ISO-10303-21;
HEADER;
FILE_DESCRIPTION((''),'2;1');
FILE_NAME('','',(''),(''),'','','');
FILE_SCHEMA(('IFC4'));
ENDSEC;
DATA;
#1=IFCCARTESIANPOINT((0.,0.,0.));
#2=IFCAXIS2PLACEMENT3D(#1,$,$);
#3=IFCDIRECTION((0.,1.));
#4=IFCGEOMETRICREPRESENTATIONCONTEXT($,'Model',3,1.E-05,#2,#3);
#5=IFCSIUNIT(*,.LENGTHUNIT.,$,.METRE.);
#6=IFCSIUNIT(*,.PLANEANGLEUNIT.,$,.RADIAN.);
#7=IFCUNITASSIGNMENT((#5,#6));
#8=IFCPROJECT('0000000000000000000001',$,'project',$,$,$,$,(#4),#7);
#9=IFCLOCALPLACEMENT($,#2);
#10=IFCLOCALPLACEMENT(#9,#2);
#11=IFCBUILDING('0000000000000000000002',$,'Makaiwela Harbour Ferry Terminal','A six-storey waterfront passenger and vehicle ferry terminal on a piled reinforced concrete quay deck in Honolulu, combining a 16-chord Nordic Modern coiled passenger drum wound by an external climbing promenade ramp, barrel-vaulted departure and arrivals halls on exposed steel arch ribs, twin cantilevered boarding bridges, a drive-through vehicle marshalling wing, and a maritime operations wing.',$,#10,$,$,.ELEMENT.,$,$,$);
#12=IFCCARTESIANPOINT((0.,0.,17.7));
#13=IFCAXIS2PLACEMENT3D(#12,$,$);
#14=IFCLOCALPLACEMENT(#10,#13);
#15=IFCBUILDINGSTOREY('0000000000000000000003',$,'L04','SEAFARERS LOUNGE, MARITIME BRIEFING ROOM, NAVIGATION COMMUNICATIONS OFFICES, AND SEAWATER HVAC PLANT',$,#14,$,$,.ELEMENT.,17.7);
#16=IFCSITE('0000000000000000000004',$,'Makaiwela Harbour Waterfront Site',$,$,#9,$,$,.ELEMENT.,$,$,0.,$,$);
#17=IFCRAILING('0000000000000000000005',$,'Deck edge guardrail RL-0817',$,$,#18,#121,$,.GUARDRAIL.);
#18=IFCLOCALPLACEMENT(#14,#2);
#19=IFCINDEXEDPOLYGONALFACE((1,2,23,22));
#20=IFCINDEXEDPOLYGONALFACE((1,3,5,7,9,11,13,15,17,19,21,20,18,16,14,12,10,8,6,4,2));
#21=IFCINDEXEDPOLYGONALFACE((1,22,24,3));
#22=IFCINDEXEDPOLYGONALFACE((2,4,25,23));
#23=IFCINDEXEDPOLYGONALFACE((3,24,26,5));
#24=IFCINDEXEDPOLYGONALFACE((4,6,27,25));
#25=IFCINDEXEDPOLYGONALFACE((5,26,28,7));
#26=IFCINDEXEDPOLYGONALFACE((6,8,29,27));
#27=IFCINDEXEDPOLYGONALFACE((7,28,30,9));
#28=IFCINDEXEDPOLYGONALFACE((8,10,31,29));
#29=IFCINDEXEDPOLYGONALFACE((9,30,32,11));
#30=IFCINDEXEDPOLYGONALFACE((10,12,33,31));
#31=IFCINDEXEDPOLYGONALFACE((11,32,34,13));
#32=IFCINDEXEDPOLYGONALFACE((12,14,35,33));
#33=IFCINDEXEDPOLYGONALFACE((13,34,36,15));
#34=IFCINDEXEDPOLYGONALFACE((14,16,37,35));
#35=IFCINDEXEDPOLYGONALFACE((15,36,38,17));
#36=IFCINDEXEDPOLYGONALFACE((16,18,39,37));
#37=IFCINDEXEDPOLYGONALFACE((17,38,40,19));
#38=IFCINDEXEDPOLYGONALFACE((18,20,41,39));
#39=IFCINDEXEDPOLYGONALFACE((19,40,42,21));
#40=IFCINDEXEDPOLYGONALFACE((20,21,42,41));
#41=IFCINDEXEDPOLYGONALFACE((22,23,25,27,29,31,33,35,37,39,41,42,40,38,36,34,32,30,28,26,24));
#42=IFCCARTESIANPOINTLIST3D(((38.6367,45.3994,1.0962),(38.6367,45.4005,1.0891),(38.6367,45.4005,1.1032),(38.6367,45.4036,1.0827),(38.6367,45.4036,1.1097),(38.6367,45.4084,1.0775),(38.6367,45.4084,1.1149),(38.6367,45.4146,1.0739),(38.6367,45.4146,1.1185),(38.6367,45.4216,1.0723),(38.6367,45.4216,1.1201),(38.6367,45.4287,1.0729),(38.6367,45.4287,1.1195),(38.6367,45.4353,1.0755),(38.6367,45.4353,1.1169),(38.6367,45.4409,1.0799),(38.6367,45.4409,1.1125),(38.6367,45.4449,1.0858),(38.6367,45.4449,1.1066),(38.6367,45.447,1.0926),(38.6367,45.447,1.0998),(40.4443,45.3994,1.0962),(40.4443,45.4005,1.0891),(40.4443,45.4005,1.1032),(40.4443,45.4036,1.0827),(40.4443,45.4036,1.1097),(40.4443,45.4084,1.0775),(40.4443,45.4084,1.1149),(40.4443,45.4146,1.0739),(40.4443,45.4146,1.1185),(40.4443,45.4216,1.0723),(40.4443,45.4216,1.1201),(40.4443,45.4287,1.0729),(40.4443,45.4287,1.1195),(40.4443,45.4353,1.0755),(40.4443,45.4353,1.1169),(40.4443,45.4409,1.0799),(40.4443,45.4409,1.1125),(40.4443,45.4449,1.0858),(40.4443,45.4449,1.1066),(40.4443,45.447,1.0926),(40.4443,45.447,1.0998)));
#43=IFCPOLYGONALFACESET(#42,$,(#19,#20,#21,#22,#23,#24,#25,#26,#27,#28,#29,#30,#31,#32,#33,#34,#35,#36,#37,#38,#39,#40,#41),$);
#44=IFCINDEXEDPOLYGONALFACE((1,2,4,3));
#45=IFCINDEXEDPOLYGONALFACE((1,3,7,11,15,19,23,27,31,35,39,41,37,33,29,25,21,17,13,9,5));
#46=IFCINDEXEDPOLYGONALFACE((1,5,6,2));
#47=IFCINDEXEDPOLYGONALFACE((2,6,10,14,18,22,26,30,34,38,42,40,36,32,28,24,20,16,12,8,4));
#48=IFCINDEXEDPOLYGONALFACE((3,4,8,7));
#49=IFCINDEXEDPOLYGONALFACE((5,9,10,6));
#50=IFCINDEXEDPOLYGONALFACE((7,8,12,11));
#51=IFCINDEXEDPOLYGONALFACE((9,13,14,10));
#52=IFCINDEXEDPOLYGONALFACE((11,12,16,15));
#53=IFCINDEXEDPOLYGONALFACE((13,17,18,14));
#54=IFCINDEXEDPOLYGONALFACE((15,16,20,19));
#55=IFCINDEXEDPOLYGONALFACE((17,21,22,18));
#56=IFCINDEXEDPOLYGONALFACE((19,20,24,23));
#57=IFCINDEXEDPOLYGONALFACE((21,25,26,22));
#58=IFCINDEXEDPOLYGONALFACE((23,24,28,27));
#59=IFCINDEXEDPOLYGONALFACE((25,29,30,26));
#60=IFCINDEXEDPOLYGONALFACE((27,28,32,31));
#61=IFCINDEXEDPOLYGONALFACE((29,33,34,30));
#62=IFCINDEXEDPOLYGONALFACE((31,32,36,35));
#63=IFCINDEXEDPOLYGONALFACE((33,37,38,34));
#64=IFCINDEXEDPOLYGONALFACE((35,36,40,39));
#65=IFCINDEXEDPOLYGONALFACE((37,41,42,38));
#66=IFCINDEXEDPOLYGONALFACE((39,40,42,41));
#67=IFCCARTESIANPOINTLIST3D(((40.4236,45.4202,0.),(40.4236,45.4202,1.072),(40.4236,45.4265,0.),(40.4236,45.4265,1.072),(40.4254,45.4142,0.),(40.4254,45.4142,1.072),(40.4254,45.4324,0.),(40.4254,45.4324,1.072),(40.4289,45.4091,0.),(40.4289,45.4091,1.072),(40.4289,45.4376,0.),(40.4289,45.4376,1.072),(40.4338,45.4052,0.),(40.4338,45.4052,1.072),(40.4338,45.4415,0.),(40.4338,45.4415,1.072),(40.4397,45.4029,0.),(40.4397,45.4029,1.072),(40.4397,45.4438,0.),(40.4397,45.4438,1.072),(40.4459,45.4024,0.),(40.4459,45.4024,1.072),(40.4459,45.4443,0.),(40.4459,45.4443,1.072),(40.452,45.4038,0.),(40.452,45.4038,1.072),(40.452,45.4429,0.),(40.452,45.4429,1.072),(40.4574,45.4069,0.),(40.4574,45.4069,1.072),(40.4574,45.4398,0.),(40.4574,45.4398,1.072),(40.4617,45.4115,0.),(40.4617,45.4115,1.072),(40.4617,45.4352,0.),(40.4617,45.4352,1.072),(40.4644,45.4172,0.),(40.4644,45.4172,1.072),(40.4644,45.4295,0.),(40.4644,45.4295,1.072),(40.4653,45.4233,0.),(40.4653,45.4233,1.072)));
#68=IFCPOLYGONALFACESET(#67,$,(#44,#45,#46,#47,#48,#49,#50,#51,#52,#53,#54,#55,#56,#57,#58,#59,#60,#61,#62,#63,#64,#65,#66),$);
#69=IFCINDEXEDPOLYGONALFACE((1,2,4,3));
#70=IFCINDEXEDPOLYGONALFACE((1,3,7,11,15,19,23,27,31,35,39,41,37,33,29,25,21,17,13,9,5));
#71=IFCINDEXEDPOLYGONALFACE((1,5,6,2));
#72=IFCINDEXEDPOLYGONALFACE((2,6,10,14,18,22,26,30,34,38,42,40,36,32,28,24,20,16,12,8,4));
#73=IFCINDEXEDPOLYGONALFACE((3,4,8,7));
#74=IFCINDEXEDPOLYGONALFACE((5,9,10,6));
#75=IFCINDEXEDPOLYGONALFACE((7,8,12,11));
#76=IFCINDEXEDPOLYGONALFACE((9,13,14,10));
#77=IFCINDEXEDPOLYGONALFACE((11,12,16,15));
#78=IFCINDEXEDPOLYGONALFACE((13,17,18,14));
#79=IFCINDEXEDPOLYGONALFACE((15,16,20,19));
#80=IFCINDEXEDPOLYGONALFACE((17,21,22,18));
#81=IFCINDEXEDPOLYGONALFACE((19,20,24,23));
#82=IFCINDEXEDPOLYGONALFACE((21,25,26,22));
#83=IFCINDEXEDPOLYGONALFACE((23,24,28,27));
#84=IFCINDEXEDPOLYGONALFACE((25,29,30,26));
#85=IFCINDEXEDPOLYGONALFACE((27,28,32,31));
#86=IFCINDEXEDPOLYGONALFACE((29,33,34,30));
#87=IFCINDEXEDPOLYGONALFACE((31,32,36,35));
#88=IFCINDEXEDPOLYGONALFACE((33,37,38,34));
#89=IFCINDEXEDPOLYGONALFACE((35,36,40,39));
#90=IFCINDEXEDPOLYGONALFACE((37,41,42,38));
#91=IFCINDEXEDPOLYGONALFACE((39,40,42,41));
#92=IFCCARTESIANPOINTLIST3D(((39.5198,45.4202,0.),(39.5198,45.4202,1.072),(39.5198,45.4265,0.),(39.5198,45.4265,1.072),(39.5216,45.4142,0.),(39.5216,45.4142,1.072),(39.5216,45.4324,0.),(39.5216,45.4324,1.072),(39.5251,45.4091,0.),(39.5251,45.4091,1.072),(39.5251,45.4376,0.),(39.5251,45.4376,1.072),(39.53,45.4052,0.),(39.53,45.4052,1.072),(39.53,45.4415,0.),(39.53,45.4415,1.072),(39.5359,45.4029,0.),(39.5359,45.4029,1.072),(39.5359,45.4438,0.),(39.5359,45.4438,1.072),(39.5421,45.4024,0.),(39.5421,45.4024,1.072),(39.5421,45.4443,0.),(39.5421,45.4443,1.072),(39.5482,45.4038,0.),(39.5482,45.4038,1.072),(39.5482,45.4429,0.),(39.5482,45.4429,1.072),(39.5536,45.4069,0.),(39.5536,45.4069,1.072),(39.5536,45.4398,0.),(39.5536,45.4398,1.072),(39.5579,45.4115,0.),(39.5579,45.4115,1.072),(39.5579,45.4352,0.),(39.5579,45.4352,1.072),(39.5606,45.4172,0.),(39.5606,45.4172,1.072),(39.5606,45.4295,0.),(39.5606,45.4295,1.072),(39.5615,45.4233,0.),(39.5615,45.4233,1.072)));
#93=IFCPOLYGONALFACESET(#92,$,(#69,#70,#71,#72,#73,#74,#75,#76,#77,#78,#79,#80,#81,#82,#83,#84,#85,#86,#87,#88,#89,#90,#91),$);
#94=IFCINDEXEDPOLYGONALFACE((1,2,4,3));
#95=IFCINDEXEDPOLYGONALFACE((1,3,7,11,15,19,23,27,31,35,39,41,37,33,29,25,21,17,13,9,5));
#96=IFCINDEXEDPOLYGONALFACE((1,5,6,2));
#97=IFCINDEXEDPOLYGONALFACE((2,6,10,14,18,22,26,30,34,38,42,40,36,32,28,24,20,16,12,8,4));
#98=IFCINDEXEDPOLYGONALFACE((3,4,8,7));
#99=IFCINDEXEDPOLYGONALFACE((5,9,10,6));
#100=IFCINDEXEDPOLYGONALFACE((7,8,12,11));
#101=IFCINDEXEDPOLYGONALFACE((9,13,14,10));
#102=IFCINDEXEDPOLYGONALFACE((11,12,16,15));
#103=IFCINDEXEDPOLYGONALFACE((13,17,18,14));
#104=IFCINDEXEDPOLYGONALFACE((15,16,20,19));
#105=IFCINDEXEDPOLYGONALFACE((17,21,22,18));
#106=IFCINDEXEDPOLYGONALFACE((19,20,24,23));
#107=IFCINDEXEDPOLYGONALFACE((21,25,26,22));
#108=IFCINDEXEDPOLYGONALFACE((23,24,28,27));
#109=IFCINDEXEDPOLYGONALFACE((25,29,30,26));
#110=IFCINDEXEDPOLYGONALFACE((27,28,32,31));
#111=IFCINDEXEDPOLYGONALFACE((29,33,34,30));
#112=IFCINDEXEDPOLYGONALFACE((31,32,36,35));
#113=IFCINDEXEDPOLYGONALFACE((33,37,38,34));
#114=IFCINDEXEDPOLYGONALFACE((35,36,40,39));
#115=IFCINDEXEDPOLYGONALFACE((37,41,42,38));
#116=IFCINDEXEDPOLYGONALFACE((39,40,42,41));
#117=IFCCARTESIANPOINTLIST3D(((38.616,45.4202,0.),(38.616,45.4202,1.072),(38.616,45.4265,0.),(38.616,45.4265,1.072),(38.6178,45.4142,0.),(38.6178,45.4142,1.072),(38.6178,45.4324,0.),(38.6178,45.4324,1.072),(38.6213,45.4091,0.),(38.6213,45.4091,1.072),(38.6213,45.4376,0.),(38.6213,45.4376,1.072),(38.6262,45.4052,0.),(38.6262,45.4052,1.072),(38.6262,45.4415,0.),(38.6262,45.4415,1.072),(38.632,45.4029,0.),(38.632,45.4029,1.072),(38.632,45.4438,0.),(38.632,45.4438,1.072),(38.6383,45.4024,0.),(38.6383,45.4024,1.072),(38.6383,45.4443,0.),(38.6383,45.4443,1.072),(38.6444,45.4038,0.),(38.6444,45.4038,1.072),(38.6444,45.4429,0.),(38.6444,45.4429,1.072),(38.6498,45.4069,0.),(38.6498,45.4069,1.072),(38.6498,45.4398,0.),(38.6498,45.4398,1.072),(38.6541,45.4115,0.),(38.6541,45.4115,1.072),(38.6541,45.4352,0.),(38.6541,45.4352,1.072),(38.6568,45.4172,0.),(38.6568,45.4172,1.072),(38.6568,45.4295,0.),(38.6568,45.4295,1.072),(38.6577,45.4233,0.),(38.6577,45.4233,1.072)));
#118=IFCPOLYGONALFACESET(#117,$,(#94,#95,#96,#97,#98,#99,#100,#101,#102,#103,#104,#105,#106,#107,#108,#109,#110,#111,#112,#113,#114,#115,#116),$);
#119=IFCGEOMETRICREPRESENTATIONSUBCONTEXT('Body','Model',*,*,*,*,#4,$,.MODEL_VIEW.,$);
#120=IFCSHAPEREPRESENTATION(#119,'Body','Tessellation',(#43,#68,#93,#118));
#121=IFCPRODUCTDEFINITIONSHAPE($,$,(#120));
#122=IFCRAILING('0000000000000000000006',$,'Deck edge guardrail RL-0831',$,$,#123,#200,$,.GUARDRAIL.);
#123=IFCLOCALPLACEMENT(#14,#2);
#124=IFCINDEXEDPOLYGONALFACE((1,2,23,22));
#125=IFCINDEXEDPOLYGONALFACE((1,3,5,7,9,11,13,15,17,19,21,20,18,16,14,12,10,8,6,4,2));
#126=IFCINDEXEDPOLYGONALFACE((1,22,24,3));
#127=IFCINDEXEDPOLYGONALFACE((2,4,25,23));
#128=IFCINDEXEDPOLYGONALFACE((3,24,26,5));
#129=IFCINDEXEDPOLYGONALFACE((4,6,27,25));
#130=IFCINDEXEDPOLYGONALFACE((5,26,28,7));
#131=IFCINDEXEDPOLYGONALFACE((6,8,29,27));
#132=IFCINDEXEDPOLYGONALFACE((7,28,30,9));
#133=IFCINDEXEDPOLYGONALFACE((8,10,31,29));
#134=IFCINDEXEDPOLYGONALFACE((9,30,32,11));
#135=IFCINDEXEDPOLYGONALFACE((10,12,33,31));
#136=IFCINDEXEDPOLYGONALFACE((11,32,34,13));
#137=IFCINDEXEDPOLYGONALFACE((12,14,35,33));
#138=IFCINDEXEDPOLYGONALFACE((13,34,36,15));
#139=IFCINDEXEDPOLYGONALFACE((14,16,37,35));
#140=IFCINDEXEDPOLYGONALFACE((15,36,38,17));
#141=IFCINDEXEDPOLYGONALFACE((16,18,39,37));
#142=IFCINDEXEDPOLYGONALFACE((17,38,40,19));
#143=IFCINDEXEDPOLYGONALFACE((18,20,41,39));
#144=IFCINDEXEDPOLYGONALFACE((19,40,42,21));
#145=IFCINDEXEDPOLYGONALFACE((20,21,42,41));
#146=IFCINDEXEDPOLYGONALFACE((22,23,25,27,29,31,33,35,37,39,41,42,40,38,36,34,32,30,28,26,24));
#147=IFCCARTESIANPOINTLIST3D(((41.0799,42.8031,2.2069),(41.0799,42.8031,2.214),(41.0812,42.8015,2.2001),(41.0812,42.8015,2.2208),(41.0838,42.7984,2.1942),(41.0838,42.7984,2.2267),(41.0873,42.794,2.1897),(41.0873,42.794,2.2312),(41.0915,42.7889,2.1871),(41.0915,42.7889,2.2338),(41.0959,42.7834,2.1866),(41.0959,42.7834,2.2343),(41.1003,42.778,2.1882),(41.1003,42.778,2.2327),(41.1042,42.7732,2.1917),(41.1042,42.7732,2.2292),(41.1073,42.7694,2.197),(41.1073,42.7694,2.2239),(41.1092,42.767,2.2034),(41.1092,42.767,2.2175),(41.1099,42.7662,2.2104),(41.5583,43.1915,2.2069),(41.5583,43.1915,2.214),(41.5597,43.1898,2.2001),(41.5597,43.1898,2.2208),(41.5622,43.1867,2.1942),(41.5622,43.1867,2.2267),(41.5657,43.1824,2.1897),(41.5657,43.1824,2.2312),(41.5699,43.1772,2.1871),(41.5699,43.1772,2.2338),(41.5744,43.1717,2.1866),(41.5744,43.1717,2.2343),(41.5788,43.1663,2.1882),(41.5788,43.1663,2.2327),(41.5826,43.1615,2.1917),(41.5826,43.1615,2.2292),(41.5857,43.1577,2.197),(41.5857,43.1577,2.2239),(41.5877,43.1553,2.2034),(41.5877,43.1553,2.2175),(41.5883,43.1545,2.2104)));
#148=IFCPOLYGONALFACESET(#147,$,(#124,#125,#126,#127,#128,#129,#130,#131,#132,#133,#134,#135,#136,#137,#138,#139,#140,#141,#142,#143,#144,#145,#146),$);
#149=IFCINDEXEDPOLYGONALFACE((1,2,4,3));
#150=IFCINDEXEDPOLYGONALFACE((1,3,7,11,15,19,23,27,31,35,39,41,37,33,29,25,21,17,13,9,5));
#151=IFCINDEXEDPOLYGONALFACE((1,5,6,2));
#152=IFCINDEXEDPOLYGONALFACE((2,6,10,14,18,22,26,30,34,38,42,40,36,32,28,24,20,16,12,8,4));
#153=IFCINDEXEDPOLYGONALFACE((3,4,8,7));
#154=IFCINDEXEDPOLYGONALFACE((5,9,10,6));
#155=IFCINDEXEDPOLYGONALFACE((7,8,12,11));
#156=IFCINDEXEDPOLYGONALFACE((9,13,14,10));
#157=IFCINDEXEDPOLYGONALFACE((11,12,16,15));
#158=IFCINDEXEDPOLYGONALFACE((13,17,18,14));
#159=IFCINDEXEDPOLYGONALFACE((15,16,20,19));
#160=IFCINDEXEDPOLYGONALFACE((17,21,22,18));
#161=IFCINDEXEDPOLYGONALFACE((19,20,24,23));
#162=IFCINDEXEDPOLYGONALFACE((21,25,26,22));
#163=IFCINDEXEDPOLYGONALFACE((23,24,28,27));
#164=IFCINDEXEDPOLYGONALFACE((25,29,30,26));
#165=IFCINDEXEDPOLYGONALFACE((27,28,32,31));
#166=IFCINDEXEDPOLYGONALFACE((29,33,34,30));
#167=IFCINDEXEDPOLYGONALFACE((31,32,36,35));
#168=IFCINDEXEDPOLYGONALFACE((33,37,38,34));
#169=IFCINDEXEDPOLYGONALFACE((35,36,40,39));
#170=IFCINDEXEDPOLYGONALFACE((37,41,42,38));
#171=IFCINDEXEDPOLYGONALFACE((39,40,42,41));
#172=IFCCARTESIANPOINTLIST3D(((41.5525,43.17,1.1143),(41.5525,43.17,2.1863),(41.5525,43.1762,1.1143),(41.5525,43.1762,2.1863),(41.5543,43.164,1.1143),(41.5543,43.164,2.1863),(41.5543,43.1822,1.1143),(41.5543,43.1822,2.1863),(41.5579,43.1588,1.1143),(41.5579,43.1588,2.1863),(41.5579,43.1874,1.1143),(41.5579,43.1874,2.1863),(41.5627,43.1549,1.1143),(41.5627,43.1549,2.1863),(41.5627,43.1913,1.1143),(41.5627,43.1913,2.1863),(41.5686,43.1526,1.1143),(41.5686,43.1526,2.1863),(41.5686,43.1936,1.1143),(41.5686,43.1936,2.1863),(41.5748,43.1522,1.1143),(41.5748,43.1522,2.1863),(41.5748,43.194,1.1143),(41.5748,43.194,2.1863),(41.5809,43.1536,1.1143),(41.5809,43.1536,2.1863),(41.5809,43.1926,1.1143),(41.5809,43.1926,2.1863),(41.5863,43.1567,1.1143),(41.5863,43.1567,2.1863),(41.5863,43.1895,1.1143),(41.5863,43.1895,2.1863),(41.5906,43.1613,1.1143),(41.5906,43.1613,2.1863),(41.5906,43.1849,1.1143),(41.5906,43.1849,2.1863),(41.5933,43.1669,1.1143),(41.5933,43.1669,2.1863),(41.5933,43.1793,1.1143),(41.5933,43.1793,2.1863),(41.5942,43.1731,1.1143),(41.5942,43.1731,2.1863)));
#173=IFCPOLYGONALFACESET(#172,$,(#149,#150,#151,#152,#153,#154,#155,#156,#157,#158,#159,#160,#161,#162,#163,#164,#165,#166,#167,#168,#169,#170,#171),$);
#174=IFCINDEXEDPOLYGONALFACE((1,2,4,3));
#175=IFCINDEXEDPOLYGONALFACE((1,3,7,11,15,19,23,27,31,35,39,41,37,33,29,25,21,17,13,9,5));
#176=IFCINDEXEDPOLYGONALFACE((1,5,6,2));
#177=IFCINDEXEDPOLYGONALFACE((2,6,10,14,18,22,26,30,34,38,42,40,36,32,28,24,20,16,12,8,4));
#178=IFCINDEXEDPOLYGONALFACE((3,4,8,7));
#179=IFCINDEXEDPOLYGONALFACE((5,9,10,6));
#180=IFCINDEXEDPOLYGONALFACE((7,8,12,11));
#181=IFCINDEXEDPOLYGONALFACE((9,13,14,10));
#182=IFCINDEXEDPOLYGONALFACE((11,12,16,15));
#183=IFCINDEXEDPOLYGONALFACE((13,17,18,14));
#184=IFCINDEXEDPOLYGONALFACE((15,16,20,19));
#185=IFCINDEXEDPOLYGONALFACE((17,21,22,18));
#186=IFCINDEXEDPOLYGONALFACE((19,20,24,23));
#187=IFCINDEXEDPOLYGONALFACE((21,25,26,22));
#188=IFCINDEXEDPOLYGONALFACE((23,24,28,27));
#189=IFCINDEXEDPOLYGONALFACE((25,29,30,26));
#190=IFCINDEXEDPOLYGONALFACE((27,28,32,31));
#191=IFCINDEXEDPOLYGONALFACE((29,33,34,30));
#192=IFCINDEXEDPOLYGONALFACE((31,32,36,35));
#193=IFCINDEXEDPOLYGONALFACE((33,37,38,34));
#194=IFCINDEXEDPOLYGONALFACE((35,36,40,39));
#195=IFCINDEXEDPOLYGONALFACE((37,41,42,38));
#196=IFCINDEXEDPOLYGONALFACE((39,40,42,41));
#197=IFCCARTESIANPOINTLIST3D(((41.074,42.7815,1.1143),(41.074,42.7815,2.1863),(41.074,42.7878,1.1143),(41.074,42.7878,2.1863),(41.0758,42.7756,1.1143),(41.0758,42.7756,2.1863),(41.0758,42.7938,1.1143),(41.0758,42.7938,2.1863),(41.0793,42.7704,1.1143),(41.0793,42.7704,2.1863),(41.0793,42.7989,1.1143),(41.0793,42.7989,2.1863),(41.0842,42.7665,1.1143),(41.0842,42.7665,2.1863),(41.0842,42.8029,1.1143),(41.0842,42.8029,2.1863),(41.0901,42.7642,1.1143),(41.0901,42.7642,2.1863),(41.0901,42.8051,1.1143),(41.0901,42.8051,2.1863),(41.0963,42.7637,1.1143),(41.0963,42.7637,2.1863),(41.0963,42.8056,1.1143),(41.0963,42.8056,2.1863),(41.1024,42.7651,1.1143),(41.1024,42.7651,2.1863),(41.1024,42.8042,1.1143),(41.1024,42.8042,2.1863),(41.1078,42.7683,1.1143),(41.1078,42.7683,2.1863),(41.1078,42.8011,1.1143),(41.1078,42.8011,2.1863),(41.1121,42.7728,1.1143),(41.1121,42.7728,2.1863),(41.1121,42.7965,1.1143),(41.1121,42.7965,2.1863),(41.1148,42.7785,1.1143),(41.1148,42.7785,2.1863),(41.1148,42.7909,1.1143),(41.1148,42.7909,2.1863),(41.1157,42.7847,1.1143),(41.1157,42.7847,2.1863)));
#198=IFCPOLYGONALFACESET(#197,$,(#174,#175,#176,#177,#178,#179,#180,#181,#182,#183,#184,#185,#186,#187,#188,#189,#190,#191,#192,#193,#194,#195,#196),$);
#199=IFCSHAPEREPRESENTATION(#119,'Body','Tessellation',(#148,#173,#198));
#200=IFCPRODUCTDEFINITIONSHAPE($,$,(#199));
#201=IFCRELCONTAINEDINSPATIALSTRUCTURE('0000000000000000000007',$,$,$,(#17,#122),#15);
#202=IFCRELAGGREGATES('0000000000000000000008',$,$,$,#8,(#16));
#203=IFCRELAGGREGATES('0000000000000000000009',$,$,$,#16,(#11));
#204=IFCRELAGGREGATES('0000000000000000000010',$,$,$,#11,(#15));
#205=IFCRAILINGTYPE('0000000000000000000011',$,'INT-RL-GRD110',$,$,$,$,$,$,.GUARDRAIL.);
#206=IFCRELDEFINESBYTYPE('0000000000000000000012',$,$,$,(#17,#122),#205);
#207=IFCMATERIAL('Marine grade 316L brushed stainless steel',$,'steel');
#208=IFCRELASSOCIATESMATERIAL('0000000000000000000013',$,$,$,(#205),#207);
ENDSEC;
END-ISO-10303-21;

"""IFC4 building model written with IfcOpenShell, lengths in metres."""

from ifc_helpers import new_model, si_unit, direction, frame, origin, origin_2d, place, context, subcontext, project, spatial, circle, extrude, material, type_object, element, save


model = new_model("IFC4")

# Units and contexts
model_context = context("Model", 3, precision=1e-05, world=origin(), true_north=direction((0.0, 1.0)))
body_context = subcontext(model_context, "Body", "Model", "MODEL_VIEW")
ifc_project = project(units=[si_unit("LENGTHUNIT", "METRE"), si_unit("PLANEANGLEUNIT", "RADIAN")], contexts=[model_context])

# Site, building, storey
site_placement = place(None, origin())
site = spatial("IfcSite", under=ifc_project, at=site_placement, Name="Makaiwela Harbour Waterfront Site", CompositionType="ELEMENT", RefElevation=0.0)
building_placement = place(site_placement, origin())
building = spatial("IfcBuilding", under=site, at=building_placement, Name="Makaiwela Harbour Ferry Terminal", Description="A six-storey waterfront passenger and vehicle ferry terminal on a piled reinforced concrete quay deck in Honolulu, combining a 16-chord Nordic Modern coiled passenger drum wound by an external climbing promenade ramp, barrel-vaulted departure and arrivals halls on exposed steel arch ribs, twin cantilevered boarding bridges, a drive-through vehicle marshalling wing, and a maritime operations wing.", CompositionType="ELEMENT")
storey_placement = place(building_placement, frame((0.0, 0.0, 17.7)))
storey = spatial("IfcBuildingStorey", under=building, at=storey_placement, Name="L04", Description="SEAFARERS LOUNGE, MARITIME BRIEFING ROOM, NAVIGATION COMMUNICATIONS OFFICES, AND SEAWATER HVAC PLANT", CompositionType="ELEMENT", Elevation=17.7)

# Railings
ifc_material_1 = material(Name="Marine grade 316L brushed stainless steel", Category="steel")
railing_type_1 = type_object("IfcRailingType", Name="INT-RL-GRD110", PredefinedType="GUARDRAIL", material=ifc_material_1)
railing_1_placement = place(storey_placement, frame((40.4443, 45.4233, 0.0)))
element("IfcRailing", 1, at=railing_1_placement, inside=storey, type_object=railing_type_1, Name="Deck edge guardrail RL-0817", PredefinedType="GUARDRAIL", context=body_context, shape_type="SweptSolid", body=[
    extrude(circle(Radius=0.0239, at=origin_2d()), frame((0.0, 0.0, 1.0962), z_axis=(-1.0, 0.0, 0.0), x_axis=(0.0, -1.0, 0.0)), (0.0, 0.0, 1.0), 1.8076),
    extrude(circle(Radius=0.021, at=origin_2d()), origin(), (0.0, 0.0, 1.0), 1.072),
    extrude(circle(Radius=0.021, at=origin_2d()), frame((-0.9038, 0.0, 0.0)), (0.0, 0.0, 1.0), 1.072),
    extrude(circle(Radius=0.021, at=origin_2d()), frame((-1.8076, 0.0, 0.0)), (0.0, 0.0, 1.0), 1.072),
])
railing_2_placement = place(storey_placement, frame((41.5732, 43.1731, 1.1143)))
element("IfcRailing", 2, at=railing_2_placement, inside=storey, type_object=railing_type_1, Name="Deck edge guardrail RL-0831", PredefinedType="GUARDRAIL", context=body_context, shape_type="SweptSolid", body=[
    extrude(circle(Radius=0.0239, at=origin_2d()), frame((0.0, 0.0, 1.0962), z_axis=(-0.776405, -0.630235, 0.0), x_axis=(0.630235, -0.776405, 0.0)), (0.0, 0.0, 1.0), 0.6162),
    extrude(circle(Radius=0.021, at=origin_2d()), origin(), (0.0, 0.0, 1.0), 1.072),
    extrude(circle(Radius=0.021, at=origin_2d()), frame((-0.4785, -0.3884, 0.0)), (0.0, 0.0, 1.0), 1.072),
])

save(model, "model.ifc")
